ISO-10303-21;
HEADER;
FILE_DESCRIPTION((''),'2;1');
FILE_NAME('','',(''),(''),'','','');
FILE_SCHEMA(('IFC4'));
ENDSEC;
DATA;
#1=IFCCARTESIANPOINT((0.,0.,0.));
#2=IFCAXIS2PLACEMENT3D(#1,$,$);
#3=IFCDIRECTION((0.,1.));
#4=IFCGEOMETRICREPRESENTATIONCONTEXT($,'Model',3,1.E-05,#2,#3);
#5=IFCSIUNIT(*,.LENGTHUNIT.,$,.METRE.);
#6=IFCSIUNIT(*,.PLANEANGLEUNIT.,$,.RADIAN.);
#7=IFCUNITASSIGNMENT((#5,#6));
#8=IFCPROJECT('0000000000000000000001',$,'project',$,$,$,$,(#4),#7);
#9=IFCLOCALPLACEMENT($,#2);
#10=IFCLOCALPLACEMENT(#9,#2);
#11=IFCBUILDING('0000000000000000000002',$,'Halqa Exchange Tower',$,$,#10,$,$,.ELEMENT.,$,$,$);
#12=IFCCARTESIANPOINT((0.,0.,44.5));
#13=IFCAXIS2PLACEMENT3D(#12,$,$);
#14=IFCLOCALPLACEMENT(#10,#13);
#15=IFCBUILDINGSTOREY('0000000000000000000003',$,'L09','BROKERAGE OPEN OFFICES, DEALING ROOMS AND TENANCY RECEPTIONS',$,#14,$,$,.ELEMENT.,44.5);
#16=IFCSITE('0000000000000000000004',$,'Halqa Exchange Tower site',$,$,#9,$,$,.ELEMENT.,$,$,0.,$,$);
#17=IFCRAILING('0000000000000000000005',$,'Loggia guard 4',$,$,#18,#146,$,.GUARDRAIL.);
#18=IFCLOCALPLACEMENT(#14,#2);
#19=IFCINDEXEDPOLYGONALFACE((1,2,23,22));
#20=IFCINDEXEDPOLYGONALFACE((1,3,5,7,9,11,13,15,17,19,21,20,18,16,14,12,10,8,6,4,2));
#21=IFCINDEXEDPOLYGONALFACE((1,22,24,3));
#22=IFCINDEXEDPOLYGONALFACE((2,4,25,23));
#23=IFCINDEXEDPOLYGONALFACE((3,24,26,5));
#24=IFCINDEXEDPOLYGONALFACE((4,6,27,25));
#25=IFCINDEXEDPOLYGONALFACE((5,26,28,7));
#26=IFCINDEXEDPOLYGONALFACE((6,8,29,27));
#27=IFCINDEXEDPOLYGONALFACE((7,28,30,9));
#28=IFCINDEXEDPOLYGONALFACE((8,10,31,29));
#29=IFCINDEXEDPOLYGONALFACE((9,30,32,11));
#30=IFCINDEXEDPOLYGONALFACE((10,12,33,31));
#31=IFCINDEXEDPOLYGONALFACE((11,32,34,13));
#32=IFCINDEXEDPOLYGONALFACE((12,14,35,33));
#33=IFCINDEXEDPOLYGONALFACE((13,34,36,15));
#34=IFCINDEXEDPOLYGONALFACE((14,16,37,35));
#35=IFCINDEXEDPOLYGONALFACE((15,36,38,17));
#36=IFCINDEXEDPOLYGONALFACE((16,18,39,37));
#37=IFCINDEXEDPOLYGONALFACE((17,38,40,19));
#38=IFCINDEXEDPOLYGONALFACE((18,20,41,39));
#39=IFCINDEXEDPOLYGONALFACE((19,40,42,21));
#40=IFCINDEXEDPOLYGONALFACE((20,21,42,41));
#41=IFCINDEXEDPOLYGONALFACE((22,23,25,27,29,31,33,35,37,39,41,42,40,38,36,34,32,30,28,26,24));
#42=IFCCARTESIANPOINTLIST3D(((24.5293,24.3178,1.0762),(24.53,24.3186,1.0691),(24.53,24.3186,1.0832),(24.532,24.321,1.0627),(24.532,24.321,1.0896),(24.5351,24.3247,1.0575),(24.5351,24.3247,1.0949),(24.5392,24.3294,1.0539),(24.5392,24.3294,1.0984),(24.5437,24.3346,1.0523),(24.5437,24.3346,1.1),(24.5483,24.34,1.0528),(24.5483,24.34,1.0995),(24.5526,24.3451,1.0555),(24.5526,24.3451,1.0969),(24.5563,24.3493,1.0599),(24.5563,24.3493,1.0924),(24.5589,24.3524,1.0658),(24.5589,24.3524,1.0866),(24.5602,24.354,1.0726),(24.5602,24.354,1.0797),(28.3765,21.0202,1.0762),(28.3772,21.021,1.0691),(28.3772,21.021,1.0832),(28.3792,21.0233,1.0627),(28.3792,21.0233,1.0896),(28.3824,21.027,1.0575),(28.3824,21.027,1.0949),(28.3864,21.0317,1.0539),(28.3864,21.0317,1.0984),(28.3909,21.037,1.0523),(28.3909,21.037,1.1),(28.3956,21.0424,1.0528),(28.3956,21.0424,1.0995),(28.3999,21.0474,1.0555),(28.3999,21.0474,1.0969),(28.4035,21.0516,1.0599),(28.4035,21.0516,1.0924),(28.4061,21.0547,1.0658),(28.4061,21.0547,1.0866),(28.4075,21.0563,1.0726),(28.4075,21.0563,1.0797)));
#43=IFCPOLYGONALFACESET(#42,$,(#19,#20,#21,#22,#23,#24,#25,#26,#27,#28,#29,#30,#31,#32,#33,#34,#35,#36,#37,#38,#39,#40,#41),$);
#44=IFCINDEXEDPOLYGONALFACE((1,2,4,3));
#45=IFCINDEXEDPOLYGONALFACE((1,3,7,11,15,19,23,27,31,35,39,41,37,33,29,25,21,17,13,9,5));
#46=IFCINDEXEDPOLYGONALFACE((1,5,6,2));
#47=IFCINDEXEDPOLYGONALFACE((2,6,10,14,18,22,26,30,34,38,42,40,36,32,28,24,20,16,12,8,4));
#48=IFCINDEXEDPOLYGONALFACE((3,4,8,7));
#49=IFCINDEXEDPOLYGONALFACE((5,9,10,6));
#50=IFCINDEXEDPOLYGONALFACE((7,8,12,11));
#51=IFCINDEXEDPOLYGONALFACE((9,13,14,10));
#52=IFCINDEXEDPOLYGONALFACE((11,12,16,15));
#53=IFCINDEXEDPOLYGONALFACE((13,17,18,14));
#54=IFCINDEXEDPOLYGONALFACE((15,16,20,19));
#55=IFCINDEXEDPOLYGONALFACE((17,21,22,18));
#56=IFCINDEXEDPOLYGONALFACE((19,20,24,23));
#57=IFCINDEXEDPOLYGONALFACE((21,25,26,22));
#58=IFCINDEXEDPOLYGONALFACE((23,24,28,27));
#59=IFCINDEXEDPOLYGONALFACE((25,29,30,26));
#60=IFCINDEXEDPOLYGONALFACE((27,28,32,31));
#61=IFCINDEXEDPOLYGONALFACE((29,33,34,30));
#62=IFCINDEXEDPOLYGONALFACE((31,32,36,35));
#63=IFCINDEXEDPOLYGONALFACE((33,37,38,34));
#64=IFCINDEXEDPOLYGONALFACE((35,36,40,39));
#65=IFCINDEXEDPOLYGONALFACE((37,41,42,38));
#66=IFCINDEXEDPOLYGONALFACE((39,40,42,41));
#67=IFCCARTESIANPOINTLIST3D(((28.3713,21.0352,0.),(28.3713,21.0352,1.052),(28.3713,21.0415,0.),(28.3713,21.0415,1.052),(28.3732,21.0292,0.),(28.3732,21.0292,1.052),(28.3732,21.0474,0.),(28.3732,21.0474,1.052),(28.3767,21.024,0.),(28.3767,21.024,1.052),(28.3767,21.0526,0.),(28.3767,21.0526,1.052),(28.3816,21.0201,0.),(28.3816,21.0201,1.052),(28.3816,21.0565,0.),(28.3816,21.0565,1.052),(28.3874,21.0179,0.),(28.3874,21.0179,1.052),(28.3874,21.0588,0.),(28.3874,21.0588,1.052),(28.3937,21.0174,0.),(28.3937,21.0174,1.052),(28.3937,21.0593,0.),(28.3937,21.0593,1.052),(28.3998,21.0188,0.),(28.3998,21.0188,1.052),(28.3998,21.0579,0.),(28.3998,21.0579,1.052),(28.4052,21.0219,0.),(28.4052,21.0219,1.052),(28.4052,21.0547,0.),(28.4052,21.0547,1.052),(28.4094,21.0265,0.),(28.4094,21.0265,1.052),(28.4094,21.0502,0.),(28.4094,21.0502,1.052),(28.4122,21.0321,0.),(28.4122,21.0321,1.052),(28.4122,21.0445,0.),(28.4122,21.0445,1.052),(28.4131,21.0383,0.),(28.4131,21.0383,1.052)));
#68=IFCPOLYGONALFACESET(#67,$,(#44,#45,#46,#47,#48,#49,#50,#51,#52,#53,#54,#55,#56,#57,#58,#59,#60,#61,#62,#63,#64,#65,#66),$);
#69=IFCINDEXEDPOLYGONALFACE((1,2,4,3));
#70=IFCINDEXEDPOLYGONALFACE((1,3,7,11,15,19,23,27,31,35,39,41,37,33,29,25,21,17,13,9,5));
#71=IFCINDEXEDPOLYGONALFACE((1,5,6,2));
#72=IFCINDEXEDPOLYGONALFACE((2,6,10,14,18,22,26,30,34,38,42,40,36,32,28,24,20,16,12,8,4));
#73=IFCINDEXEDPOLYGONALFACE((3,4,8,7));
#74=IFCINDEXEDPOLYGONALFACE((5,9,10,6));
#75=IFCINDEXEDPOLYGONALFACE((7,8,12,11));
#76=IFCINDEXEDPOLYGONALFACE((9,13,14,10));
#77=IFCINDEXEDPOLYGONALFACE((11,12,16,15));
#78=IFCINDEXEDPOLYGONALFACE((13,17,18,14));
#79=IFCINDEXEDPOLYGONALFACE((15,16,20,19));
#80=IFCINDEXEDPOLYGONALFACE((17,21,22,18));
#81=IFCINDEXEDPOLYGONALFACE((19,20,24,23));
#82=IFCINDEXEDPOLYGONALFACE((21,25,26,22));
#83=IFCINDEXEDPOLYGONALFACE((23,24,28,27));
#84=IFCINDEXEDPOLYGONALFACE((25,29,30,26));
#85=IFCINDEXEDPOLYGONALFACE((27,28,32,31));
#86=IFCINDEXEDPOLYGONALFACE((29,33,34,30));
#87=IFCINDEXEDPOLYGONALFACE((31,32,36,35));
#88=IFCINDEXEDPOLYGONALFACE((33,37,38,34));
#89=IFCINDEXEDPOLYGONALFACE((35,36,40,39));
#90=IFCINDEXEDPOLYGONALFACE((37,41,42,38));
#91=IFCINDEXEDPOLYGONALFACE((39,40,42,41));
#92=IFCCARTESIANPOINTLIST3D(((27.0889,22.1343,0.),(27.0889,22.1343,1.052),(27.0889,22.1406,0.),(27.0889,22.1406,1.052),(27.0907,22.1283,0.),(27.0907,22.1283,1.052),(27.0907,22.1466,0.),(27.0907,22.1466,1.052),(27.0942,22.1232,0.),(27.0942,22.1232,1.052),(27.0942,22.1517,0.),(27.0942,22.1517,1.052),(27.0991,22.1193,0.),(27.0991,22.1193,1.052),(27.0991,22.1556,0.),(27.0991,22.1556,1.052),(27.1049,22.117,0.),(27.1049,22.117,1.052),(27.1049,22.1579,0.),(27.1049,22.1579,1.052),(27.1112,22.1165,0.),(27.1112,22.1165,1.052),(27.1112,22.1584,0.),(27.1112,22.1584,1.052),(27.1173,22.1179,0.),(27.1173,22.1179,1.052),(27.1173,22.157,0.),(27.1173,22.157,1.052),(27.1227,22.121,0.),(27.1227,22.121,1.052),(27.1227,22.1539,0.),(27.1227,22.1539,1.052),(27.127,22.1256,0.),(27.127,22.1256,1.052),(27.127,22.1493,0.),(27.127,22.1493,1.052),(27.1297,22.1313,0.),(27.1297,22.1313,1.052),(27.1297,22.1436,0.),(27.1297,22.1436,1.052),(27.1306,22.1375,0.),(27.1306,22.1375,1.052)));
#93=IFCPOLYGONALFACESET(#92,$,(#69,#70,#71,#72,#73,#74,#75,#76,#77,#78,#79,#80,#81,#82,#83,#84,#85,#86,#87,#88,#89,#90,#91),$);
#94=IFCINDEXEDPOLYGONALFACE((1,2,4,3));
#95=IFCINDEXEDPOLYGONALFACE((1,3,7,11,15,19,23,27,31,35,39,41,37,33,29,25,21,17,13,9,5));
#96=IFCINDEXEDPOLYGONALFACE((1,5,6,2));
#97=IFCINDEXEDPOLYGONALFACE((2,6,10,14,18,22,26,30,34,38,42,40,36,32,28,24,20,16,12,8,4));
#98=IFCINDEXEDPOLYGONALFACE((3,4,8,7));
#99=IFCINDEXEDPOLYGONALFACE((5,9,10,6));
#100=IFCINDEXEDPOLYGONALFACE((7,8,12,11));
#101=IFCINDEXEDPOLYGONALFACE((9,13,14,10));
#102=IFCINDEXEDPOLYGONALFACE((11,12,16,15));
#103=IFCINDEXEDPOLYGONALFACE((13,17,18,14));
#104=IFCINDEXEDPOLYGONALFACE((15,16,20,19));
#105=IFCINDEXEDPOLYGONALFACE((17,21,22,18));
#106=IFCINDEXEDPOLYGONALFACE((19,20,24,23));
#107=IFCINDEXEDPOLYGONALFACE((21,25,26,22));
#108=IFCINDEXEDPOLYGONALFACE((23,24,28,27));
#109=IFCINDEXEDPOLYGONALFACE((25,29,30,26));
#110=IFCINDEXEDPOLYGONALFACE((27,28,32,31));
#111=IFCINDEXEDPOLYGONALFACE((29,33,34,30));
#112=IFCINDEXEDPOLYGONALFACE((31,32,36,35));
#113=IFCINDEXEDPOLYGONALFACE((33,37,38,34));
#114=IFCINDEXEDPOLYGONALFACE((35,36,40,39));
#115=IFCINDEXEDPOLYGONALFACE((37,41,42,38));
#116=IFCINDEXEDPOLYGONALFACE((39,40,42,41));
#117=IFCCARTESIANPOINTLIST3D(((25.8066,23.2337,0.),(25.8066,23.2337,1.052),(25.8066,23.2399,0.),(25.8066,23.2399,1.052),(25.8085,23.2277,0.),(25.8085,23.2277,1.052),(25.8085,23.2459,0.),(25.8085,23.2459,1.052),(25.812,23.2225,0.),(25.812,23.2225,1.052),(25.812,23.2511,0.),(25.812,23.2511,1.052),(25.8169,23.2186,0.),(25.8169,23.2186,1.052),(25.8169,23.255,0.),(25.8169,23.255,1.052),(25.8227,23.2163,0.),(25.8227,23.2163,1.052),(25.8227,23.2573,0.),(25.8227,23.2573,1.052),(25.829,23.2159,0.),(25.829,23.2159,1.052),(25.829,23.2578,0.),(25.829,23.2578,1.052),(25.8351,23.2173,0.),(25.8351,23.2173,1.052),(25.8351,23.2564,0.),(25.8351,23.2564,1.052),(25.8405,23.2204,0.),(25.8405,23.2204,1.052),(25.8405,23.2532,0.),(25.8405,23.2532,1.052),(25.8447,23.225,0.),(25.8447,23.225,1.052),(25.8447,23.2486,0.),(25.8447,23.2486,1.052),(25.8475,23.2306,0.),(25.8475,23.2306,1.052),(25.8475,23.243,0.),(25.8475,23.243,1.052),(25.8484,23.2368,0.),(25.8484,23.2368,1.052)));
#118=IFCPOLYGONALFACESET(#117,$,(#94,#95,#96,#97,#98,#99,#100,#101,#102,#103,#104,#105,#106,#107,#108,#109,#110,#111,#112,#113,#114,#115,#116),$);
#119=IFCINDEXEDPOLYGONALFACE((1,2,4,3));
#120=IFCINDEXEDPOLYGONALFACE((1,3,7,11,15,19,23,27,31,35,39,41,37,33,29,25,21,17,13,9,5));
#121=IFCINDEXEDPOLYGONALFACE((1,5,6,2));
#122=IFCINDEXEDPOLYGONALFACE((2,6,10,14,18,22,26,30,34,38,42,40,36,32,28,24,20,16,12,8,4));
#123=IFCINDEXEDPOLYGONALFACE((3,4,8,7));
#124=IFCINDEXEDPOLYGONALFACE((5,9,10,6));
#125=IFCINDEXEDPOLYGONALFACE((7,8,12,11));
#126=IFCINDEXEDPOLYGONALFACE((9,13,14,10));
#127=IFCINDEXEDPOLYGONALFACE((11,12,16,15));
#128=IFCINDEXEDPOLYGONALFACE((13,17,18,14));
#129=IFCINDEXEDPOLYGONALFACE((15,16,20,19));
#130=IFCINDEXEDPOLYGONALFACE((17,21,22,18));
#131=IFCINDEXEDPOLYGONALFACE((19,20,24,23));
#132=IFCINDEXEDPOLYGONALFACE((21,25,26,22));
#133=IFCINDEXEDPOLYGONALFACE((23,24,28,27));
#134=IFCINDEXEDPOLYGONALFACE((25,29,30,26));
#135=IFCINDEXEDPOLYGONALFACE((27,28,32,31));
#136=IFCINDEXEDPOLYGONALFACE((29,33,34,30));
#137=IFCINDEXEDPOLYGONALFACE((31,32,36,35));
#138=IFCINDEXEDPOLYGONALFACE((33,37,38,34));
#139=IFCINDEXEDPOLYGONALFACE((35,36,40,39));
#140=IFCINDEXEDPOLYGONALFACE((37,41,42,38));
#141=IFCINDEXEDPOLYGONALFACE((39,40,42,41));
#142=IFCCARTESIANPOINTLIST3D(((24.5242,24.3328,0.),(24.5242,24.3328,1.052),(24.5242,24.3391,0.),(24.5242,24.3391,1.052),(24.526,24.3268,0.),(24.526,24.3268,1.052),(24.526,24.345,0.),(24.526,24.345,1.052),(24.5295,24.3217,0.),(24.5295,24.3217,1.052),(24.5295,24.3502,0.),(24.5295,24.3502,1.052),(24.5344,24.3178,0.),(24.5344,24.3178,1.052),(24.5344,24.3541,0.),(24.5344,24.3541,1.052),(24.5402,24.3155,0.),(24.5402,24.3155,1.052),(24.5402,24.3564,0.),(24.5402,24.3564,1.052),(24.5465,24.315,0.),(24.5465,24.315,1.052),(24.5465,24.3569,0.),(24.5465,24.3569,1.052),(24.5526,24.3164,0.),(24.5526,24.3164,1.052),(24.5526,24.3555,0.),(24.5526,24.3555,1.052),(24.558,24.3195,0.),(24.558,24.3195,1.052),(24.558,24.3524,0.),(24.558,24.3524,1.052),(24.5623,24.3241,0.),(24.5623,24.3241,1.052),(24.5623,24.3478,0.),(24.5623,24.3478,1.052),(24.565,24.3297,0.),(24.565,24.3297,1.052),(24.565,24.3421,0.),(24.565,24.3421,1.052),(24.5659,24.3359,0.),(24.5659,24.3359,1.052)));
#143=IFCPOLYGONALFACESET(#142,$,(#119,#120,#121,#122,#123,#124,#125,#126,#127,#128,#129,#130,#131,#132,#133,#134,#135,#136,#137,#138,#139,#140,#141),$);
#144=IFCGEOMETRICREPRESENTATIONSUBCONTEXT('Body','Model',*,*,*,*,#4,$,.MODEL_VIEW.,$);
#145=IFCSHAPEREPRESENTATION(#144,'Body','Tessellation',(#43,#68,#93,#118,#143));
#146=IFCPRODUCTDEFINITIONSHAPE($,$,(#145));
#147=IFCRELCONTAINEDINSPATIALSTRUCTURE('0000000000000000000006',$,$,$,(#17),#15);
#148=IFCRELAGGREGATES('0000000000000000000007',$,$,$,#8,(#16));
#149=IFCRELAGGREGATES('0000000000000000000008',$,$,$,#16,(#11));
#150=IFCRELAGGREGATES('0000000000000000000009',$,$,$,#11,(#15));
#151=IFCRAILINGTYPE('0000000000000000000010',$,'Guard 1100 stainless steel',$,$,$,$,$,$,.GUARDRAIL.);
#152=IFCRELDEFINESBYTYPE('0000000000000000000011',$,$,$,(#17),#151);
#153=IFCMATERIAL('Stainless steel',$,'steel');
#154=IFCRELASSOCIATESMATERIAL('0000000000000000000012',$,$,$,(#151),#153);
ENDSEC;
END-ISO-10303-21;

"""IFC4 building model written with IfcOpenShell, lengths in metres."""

from ifc_helpers import new_model, si_unit, direction, frame, origin, origin_2d, place, context, subcontext, project, spatial, circle, extrude, material, type_object, element, save


model = new_model("IFC4")

# Units and contexts
model_context = context("Model", 3, precision=1e-05, world=origin(), true_north=direction((0.0, 1.0)))
body_context = subcontext(model_context, "Body", "Model", "MODEL_VIEW")
ifc_project = project(units=[si_unit("LENGTHUNIT", "METRE"), si_unit("PLANEANGLEUNIT", "RADIAN")], contexts=[model_context])

# Site, building, storey
site_placement = place(None, origin())
site = spatial("IfcSite", under=ifc_project, at=site_placement, Name="Halqa Exchange Tower site", CompositionType="ELEMENT", RefElevation=0.0)
building_placement = place(site_placement, origin())
building = spatial("IfcBuilding", under=site, at=building_placement, Name="Halqa Exchange Tower", CompositionType="ELEMENT")
storey_placement = place(building_placement, frame((0.0, 0.0, 44.5)))
storey = spatial("IfcBuildingStorey", under=building, at=storey_placement, Name="L09", Description="BROKERAGE OPEN OFFICES, DEALING ROOMS AND TENANCY RECEPTIONS", CompositionType="ELEMENT", Elevation=44.5)

# Railing
ifc_material_1 = material(Name="Stainless steel", Category="steel")
railing_type = type_object("IfcRailingType", Name="Guard 1100 stainless steel", PredefinedType="GUARDRAIL", material=ifc_material_1)
railing_1_placement = place(storey_placement, frame((28.3921, 21.0383, 0.0)))
element("IfcRailing", 1, at=railing_1_placement, inside=storey, type_object=railing_type, Name="Loggia guard 4", PredefinedType="GUARDRAIL", context=body_context, shape_type="SweptSolid", body=[
    extrude(circle(Radius=0.0239, at=origin_2d()), frame((0.0, 0.0, 1.0762), z_axis=(-0.759253, 0.650795, 0.0), x_axis=(-0.650795, -0.759253, 0.0)), (0.0, 0.0, 1.0), 5.0671),
    extrude(circle(Radius=0.021, at=origin_2d()), origin(), (0.0, 0.0, 1.0), 1.052),
    extrude(circle(Radius=0.021, at=origin_2d()), frame((-1.2825, 1.0991, 0.0)), (0.0, 0.0, 1.0), 1.052),
    extrude(circle(Radius=0.021, at=origin_2d()), frame((-2.5647, 2.1985, 0.0)), (0.0, 0.0, 1.0), 1.052),
    extrude(circle(Radius=0.021, at=origin_2d()), frame((-3.8472, 3.2976, 0.0)), (0.0, 0.0, 1.0), 1.052),
])

save(model, "model.ifc")
